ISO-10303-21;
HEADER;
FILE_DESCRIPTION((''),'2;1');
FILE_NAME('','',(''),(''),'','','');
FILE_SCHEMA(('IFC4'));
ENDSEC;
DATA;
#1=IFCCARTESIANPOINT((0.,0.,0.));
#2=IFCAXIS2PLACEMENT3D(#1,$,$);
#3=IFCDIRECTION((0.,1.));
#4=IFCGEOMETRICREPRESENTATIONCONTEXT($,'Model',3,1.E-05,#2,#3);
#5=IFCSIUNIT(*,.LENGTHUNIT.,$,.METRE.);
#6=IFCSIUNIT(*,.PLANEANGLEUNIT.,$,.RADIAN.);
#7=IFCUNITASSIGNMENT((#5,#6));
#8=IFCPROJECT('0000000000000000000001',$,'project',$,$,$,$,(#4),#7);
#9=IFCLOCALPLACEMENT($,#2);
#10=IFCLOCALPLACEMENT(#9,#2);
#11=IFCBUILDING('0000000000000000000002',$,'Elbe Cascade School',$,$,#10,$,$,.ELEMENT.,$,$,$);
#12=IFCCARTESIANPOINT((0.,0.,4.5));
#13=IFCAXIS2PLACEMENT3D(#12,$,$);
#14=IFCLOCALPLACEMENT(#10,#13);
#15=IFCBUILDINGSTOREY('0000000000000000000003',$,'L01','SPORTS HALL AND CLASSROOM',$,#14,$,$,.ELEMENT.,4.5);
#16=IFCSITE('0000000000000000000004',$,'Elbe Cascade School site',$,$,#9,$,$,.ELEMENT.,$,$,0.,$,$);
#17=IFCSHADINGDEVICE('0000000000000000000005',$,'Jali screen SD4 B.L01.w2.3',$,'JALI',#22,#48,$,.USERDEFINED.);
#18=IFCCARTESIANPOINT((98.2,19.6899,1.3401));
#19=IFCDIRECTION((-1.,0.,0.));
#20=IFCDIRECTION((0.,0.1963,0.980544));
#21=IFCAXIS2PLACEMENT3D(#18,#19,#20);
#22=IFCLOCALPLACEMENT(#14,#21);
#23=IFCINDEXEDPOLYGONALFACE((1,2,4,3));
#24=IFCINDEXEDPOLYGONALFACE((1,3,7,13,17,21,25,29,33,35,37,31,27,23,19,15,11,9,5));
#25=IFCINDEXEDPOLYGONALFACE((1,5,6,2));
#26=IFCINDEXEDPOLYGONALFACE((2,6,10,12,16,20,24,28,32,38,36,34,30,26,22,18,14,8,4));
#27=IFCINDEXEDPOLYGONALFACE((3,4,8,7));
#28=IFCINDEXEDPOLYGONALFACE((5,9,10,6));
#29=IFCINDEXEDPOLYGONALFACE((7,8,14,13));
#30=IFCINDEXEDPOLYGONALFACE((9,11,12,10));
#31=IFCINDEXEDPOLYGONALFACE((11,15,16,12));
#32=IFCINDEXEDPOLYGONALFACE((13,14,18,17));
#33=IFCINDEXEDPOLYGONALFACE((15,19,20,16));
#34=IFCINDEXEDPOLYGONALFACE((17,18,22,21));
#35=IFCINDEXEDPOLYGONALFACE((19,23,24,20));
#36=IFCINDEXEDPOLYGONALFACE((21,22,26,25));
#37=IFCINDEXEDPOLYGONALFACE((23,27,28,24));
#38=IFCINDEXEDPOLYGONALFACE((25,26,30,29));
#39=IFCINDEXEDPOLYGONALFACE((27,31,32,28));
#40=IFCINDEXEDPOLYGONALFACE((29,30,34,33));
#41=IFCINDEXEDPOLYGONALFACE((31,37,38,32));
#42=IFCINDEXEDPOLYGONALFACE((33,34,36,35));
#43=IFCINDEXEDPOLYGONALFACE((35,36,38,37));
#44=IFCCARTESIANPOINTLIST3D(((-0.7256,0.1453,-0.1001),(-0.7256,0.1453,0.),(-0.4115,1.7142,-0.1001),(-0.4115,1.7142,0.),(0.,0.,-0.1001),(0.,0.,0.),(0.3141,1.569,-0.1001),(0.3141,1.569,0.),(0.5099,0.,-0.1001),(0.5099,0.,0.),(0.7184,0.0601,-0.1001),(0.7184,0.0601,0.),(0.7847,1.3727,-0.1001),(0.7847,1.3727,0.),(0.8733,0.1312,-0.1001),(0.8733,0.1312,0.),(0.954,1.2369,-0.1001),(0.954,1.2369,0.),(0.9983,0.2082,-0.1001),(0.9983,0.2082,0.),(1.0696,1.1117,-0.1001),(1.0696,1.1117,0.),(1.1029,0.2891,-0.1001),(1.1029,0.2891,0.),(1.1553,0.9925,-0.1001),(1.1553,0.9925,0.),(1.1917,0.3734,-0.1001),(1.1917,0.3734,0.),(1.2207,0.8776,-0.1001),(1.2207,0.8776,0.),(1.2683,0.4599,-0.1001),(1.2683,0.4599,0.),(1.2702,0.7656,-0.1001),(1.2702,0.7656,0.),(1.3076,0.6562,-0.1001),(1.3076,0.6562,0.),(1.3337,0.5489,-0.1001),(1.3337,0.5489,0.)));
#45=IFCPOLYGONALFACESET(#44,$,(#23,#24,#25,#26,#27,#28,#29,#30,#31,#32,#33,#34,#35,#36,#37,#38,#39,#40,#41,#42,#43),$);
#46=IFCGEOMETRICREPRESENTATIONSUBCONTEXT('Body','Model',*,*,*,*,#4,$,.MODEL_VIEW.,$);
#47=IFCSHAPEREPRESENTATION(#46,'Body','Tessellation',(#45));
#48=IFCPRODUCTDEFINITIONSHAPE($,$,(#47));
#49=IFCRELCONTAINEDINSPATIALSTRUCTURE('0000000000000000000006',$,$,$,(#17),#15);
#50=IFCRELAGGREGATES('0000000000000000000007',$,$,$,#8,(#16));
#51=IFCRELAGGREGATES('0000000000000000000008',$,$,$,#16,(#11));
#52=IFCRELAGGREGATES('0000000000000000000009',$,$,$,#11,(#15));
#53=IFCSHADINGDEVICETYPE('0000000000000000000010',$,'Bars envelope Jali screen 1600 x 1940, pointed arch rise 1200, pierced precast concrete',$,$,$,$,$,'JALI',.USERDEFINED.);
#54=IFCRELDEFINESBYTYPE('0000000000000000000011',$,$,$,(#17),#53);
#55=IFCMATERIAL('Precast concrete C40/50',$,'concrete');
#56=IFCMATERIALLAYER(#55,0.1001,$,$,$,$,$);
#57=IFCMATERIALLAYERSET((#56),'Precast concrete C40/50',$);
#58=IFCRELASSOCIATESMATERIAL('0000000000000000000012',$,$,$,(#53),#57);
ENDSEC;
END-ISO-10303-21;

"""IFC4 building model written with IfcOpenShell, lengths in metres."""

from ifc_helpers import new_model, si_unit, direction, frame, origin, place, context, subcontext, project, spatial, polyline, outline, extrude, material, layer, layer_set, type_object, element, save


model = new_model("IFC4")

# Units and contexts
model_context = context("Model", 3, precision=1e-05, world=origin(), true_north=direction((0.0, 1.0)))
body_context = subcontext(model_context, "Body", "Model", "MODEL_VIEW")
ifc_project = project(units=[si_unit("LENGTHUNIT", "METRE"), si_unit("PLANEANGLEUNIT", "RADIAN")], contexts=[model_context])

# Site, building, storey
site_placement = place(None, origin())
site = spatial("IfcSite", under=ifc_project, at=site_placement, Name="Elbe Cascade School site", CompositionType="ELEMENT", RefElevation=0.0)
building_placement = place(site_placement, origin())
building = spatial("IfcBuilding", under=site, at=building_placement, Name="Elbe Cascade School", CompositionType="ELEMENT")
storey_placement = place(building_placement, frame((0.0, 0.0, 4.5)))
storey = spatial("IfcBuildingStorey", under=building, at=storey_placement, Name="L01", Description="SPORTS HALL AND CLASSROOM", CompositionType="ELEMENT", Elevation=4.5)

# Shading device
ifc_material_1 = material(Name="Precast concrete C40/50", Category="concrete")
ifc_layer_1 = layer(ifc_material_1, 0.1001)
ifc_layer_set_1 = layer_set([ifc_layer_1], Name="Precast concrete C40/50")
shading_device_type_1 = type_object("IfcShadingDeviceType", Name="Bars envelope Jali screen 1600 x 1940, pointed arch rise 1200, pierced precast concrete", ElementType="JALI", PredefinedType="USERDEFINED", material=ifc_layer_set_1)
shading_device_1_placement = place(storey_placement, frame((98.2, 19.6899, 1.3401), z_axis=(-1.0, 0.0, 0.0), x_axis=(0.0, 0.1963, 0.980544)))
element("IfcShadingDevice", 1, at=shading_device_1_placement, inside=storey, type_object=shading_device_type_1, Name="Jali screen SD4 B.L01.w2.3", ObjectType="JALI", PredefinedType="USERDEFINED", context=body_context, shape_type="SweptSolid", body=[
    extrude(outline(polyline([(0.0, 0.0), (0.5099, 0.0), (0.7184, 0.0601), (0.8733, 0.1312), (0.9983, 0.2082), (1.1029, 0.2891), (1.1917, 0.3734), (1.2683, 0.4599), (1.3337, 0.5489), (1.3076, 0.6562), (1.2702, 0.7656), (1.2207, 0.8776), (1.1553, 0.9925), (1.0696, 1.1117), (0.954, 1.2369), (0.7847, 1.3727), (0.3141, 1.569), (-0.4115, 1.7142), (-0.7256, 0.1453), (0.0, 0.0)])), origin(), (0.0, 0.0, -1.0), 0.1001),
])

save(model, "model.ifc")
